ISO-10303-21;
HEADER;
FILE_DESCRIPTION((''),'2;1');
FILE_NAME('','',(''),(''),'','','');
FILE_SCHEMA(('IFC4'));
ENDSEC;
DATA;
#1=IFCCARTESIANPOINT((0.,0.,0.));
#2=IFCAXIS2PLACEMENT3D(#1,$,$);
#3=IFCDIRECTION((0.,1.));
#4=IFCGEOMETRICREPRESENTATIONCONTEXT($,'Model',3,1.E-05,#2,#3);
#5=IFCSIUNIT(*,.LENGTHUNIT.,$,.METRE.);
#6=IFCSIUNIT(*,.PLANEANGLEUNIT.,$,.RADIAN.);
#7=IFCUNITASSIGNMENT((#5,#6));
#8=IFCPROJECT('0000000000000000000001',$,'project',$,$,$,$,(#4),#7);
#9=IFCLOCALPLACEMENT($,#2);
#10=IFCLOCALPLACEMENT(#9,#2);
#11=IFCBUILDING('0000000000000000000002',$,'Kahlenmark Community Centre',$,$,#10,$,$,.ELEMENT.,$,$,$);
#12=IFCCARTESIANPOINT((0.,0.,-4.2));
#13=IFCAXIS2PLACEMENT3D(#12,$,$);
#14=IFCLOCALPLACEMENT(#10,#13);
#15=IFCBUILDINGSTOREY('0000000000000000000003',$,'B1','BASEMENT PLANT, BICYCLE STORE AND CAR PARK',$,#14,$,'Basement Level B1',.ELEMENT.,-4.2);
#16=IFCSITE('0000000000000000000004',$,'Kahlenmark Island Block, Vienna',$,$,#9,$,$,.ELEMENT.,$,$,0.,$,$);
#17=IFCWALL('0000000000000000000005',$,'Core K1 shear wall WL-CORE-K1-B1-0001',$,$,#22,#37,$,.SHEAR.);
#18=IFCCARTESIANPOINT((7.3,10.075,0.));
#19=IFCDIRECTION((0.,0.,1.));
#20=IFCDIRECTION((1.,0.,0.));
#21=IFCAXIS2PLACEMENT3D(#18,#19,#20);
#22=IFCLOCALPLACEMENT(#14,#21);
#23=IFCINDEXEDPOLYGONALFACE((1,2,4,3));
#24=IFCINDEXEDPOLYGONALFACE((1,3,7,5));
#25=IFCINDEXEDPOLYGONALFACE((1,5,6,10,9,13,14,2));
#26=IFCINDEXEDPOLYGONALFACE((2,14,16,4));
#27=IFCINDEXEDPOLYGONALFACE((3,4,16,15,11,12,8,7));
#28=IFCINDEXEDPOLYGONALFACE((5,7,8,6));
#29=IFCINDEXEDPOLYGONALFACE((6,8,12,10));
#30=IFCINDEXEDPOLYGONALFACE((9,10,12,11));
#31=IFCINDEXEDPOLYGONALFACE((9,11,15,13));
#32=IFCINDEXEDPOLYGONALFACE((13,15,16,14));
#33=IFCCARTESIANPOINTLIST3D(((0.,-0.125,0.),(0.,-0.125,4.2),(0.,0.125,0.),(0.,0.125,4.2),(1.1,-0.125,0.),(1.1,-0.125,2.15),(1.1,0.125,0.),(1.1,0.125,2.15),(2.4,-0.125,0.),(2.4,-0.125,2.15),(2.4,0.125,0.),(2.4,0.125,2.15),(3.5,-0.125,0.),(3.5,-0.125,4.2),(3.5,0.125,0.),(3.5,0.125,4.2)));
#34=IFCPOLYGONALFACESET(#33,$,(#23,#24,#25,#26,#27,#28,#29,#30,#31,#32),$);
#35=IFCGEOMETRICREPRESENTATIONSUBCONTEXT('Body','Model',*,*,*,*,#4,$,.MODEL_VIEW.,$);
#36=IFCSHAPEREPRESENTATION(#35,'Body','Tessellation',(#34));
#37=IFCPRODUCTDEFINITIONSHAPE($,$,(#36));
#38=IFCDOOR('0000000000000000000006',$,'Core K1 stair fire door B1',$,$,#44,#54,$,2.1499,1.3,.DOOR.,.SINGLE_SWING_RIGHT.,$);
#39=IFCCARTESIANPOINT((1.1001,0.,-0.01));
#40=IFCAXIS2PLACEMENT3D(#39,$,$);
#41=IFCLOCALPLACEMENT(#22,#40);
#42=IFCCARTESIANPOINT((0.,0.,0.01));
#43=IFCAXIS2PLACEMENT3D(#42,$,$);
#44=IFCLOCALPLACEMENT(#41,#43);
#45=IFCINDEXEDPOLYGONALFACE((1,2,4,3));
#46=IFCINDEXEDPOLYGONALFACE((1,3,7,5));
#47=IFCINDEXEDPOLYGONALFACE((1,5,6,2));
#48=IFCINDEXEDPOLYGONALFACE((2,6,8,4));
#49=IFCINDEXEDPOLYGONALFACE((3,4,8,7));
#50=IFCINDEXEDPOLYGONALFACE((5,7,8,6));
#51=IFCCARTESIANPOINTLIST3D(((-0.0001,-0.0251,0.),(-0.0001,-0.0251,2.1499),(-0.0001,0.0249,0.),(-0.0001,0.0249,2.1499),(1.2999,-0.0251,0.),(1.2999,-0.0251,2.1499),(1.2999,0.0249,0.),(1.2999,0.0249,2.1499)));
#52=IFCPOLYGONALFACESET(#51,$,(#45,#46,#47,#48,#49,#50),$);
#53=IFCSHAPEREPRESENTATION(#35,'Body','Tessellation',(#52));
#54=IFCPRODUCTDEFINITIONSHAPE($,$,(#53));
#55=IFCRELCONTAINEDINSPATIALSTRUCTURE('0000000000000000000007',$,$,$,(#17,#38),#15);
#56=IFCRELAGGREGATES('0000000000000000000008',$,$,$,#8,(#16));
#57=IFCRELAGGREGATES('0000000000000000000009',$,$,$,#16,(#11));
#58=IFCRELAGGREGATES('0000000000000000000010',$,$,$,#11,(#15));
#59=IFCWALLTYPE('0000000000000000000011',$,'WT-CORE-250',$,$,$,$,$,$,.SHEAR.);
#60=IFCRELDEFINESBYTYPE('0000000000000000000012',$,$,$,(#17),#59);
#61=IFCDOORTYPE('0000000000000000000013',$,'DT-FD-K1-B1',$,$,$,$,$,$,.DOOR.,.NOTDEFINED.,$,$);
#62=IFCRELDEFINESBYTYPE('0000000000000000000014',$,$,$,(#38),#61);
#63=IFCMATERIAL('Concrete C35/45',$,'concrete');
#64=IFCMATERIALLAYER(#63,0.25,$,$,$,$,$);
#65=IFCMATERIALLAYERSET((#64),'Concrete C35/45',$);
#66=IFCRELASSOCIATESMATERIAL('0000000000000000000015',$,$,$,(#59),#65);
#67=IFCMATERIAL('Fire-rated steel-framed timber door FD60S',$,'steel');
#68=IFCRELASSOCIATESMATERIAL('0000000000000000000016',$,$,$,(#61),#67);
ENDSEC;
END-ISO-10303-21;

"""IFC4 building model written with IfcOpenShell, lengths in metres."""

from ifc_helpers import new_model, si_unit, direction, frame, frame_2d, origin, place, context, subcontext, project, spatial, rectangle, extrude, material, layer, layer_set, type_object, element, fill, save


model = new_model("IFC4")

# Units and contexts
model_context = context("Model", 3, precision=1e-05, world=origin(), true_north=direction((0.0, 1.0)))
body_context = subcontext(model_context, "Body", "Model", "MODEL_VIEW")
ifc_project = project(units=[si_unit("LENGTHUNIT", "METRE"), si_unit("PLANEANGLEUNIT", "RADIAN")], contexts=[model_context])

# Site, building, storey
site_placement = place(None, origin())
site = spatial("IfcSite", under=ifc_project, at=site_placement, Name="Kahlenmark Island Block, Vienna", CompositionType="ELEMENT", RefElevation=0.0)
building_placement = place(site_placement, origin())
building = spatial("IfcBuilding", under=site, at=building_placement, Name="Kahlenmark Community Centre", CompositionType="ELEMENT")
storey_placement = place(building_placement, frame((0.0, 0.0, -4.2)))
storey = spatial("IfcBuildingStorey", under=building, at=storey_placement, Name="B1", Description="BASEMENT PLANT, BICYCLE STORE AND CAR PARK", LongName="Basement Level B1", CompositionType="ELEMENT", Elevation=-4.2)

# Shared definitions
ifc_material_1 = material(Name="Concrete C35/45", Category="concrete")

# Wall, opening, door
ifc_layer_1 = layer(ifc_material_1, 0.25)
ifc_layer_set_1 = layer_set([ifc_layer_1], Name="Concrete C35/45")
wall_type_1 = type_object("IfcWallType", Name="WT-CORE-250", PredefinedType="SHEAR", material=ifc_layer_set_1)
wall_1_placement = place(storey_placement, frame((7.3, 10.075, 0.0), z_axis=(0.0, 0.0, 1.0), x_axis=(1.0, 0.0, 0.0)))
wall_1 = element("IfcWall", 1, at=wall_1_placement, inside=storey, type_object=wall_type_1, Name="Core K1 shear wall WL-CORE-K1-B1-0001", PredefinedType="SHEAR", context=body_context, shape_type="SweptSolid", body=[
    extrude(rectangle(XDim=3.5, YDim=0.25, at=frame_2d((1.75, 0.0))), origin(), (0.0, 0.0, 1.0), 4.2),
])
opening_placement = place(wall_1_placement, frame((1.1001, 0.0, -0.01)))
opening = element("IfcOpeningElement", 2, at=opening_placement, cuts=wall_1, PredefinedType="OPENING", context=body_context, shape_type="SweptSolid", body=[
    extrude(rectangle(XDim=1.3, YDim=2.1599, at=frame_2d((0.6499, 1.0801))), frame((0.0, 0.135, 0.0), z_axis=(0.0, -1.0, 0.0), x_axis=(1.0, 0.0, 0.0)), (0.0, 0.0, 1.0), 0.27),
])
ifc_material_2 = material(Name="Fire-rated steel-framed timber door FD60S", Category="steel")
door_type = type_object("IfcDoorType", Name="DT-FD-K1-B1", OperationType="NOTDEFINED", PredefinedType="DOOR", material=ifc_material_2)
door_placement = place(opening_placement, frame((0.0, 0.0, 0.01)))
door = element("IfcDoor", 3, at=door_placement, inside=storey, type_object=door_type, Name="Core K1 stair fire door B1", OperationType="SINGLE_SWING_RIGHT", OverallHeight=2.1499, OverallWidth=1.3, PredefinedType="DOOR", context=body_context, shape_type="SweptSolid", body=[
    extrude(rectangle(XDim=1.3, YDim=2.1499, at=frame_2d((0.6499, 1.075))), frame((0.0, 0.0249, 0.0), z_axis=(0.0, -1.0, 0.0), x_axis=(1.0, 0.0, 0.0)), (0.0, 0.0, 1.0), 0.05),
])
fill(opening, door)

save(model, "model.ifc")
